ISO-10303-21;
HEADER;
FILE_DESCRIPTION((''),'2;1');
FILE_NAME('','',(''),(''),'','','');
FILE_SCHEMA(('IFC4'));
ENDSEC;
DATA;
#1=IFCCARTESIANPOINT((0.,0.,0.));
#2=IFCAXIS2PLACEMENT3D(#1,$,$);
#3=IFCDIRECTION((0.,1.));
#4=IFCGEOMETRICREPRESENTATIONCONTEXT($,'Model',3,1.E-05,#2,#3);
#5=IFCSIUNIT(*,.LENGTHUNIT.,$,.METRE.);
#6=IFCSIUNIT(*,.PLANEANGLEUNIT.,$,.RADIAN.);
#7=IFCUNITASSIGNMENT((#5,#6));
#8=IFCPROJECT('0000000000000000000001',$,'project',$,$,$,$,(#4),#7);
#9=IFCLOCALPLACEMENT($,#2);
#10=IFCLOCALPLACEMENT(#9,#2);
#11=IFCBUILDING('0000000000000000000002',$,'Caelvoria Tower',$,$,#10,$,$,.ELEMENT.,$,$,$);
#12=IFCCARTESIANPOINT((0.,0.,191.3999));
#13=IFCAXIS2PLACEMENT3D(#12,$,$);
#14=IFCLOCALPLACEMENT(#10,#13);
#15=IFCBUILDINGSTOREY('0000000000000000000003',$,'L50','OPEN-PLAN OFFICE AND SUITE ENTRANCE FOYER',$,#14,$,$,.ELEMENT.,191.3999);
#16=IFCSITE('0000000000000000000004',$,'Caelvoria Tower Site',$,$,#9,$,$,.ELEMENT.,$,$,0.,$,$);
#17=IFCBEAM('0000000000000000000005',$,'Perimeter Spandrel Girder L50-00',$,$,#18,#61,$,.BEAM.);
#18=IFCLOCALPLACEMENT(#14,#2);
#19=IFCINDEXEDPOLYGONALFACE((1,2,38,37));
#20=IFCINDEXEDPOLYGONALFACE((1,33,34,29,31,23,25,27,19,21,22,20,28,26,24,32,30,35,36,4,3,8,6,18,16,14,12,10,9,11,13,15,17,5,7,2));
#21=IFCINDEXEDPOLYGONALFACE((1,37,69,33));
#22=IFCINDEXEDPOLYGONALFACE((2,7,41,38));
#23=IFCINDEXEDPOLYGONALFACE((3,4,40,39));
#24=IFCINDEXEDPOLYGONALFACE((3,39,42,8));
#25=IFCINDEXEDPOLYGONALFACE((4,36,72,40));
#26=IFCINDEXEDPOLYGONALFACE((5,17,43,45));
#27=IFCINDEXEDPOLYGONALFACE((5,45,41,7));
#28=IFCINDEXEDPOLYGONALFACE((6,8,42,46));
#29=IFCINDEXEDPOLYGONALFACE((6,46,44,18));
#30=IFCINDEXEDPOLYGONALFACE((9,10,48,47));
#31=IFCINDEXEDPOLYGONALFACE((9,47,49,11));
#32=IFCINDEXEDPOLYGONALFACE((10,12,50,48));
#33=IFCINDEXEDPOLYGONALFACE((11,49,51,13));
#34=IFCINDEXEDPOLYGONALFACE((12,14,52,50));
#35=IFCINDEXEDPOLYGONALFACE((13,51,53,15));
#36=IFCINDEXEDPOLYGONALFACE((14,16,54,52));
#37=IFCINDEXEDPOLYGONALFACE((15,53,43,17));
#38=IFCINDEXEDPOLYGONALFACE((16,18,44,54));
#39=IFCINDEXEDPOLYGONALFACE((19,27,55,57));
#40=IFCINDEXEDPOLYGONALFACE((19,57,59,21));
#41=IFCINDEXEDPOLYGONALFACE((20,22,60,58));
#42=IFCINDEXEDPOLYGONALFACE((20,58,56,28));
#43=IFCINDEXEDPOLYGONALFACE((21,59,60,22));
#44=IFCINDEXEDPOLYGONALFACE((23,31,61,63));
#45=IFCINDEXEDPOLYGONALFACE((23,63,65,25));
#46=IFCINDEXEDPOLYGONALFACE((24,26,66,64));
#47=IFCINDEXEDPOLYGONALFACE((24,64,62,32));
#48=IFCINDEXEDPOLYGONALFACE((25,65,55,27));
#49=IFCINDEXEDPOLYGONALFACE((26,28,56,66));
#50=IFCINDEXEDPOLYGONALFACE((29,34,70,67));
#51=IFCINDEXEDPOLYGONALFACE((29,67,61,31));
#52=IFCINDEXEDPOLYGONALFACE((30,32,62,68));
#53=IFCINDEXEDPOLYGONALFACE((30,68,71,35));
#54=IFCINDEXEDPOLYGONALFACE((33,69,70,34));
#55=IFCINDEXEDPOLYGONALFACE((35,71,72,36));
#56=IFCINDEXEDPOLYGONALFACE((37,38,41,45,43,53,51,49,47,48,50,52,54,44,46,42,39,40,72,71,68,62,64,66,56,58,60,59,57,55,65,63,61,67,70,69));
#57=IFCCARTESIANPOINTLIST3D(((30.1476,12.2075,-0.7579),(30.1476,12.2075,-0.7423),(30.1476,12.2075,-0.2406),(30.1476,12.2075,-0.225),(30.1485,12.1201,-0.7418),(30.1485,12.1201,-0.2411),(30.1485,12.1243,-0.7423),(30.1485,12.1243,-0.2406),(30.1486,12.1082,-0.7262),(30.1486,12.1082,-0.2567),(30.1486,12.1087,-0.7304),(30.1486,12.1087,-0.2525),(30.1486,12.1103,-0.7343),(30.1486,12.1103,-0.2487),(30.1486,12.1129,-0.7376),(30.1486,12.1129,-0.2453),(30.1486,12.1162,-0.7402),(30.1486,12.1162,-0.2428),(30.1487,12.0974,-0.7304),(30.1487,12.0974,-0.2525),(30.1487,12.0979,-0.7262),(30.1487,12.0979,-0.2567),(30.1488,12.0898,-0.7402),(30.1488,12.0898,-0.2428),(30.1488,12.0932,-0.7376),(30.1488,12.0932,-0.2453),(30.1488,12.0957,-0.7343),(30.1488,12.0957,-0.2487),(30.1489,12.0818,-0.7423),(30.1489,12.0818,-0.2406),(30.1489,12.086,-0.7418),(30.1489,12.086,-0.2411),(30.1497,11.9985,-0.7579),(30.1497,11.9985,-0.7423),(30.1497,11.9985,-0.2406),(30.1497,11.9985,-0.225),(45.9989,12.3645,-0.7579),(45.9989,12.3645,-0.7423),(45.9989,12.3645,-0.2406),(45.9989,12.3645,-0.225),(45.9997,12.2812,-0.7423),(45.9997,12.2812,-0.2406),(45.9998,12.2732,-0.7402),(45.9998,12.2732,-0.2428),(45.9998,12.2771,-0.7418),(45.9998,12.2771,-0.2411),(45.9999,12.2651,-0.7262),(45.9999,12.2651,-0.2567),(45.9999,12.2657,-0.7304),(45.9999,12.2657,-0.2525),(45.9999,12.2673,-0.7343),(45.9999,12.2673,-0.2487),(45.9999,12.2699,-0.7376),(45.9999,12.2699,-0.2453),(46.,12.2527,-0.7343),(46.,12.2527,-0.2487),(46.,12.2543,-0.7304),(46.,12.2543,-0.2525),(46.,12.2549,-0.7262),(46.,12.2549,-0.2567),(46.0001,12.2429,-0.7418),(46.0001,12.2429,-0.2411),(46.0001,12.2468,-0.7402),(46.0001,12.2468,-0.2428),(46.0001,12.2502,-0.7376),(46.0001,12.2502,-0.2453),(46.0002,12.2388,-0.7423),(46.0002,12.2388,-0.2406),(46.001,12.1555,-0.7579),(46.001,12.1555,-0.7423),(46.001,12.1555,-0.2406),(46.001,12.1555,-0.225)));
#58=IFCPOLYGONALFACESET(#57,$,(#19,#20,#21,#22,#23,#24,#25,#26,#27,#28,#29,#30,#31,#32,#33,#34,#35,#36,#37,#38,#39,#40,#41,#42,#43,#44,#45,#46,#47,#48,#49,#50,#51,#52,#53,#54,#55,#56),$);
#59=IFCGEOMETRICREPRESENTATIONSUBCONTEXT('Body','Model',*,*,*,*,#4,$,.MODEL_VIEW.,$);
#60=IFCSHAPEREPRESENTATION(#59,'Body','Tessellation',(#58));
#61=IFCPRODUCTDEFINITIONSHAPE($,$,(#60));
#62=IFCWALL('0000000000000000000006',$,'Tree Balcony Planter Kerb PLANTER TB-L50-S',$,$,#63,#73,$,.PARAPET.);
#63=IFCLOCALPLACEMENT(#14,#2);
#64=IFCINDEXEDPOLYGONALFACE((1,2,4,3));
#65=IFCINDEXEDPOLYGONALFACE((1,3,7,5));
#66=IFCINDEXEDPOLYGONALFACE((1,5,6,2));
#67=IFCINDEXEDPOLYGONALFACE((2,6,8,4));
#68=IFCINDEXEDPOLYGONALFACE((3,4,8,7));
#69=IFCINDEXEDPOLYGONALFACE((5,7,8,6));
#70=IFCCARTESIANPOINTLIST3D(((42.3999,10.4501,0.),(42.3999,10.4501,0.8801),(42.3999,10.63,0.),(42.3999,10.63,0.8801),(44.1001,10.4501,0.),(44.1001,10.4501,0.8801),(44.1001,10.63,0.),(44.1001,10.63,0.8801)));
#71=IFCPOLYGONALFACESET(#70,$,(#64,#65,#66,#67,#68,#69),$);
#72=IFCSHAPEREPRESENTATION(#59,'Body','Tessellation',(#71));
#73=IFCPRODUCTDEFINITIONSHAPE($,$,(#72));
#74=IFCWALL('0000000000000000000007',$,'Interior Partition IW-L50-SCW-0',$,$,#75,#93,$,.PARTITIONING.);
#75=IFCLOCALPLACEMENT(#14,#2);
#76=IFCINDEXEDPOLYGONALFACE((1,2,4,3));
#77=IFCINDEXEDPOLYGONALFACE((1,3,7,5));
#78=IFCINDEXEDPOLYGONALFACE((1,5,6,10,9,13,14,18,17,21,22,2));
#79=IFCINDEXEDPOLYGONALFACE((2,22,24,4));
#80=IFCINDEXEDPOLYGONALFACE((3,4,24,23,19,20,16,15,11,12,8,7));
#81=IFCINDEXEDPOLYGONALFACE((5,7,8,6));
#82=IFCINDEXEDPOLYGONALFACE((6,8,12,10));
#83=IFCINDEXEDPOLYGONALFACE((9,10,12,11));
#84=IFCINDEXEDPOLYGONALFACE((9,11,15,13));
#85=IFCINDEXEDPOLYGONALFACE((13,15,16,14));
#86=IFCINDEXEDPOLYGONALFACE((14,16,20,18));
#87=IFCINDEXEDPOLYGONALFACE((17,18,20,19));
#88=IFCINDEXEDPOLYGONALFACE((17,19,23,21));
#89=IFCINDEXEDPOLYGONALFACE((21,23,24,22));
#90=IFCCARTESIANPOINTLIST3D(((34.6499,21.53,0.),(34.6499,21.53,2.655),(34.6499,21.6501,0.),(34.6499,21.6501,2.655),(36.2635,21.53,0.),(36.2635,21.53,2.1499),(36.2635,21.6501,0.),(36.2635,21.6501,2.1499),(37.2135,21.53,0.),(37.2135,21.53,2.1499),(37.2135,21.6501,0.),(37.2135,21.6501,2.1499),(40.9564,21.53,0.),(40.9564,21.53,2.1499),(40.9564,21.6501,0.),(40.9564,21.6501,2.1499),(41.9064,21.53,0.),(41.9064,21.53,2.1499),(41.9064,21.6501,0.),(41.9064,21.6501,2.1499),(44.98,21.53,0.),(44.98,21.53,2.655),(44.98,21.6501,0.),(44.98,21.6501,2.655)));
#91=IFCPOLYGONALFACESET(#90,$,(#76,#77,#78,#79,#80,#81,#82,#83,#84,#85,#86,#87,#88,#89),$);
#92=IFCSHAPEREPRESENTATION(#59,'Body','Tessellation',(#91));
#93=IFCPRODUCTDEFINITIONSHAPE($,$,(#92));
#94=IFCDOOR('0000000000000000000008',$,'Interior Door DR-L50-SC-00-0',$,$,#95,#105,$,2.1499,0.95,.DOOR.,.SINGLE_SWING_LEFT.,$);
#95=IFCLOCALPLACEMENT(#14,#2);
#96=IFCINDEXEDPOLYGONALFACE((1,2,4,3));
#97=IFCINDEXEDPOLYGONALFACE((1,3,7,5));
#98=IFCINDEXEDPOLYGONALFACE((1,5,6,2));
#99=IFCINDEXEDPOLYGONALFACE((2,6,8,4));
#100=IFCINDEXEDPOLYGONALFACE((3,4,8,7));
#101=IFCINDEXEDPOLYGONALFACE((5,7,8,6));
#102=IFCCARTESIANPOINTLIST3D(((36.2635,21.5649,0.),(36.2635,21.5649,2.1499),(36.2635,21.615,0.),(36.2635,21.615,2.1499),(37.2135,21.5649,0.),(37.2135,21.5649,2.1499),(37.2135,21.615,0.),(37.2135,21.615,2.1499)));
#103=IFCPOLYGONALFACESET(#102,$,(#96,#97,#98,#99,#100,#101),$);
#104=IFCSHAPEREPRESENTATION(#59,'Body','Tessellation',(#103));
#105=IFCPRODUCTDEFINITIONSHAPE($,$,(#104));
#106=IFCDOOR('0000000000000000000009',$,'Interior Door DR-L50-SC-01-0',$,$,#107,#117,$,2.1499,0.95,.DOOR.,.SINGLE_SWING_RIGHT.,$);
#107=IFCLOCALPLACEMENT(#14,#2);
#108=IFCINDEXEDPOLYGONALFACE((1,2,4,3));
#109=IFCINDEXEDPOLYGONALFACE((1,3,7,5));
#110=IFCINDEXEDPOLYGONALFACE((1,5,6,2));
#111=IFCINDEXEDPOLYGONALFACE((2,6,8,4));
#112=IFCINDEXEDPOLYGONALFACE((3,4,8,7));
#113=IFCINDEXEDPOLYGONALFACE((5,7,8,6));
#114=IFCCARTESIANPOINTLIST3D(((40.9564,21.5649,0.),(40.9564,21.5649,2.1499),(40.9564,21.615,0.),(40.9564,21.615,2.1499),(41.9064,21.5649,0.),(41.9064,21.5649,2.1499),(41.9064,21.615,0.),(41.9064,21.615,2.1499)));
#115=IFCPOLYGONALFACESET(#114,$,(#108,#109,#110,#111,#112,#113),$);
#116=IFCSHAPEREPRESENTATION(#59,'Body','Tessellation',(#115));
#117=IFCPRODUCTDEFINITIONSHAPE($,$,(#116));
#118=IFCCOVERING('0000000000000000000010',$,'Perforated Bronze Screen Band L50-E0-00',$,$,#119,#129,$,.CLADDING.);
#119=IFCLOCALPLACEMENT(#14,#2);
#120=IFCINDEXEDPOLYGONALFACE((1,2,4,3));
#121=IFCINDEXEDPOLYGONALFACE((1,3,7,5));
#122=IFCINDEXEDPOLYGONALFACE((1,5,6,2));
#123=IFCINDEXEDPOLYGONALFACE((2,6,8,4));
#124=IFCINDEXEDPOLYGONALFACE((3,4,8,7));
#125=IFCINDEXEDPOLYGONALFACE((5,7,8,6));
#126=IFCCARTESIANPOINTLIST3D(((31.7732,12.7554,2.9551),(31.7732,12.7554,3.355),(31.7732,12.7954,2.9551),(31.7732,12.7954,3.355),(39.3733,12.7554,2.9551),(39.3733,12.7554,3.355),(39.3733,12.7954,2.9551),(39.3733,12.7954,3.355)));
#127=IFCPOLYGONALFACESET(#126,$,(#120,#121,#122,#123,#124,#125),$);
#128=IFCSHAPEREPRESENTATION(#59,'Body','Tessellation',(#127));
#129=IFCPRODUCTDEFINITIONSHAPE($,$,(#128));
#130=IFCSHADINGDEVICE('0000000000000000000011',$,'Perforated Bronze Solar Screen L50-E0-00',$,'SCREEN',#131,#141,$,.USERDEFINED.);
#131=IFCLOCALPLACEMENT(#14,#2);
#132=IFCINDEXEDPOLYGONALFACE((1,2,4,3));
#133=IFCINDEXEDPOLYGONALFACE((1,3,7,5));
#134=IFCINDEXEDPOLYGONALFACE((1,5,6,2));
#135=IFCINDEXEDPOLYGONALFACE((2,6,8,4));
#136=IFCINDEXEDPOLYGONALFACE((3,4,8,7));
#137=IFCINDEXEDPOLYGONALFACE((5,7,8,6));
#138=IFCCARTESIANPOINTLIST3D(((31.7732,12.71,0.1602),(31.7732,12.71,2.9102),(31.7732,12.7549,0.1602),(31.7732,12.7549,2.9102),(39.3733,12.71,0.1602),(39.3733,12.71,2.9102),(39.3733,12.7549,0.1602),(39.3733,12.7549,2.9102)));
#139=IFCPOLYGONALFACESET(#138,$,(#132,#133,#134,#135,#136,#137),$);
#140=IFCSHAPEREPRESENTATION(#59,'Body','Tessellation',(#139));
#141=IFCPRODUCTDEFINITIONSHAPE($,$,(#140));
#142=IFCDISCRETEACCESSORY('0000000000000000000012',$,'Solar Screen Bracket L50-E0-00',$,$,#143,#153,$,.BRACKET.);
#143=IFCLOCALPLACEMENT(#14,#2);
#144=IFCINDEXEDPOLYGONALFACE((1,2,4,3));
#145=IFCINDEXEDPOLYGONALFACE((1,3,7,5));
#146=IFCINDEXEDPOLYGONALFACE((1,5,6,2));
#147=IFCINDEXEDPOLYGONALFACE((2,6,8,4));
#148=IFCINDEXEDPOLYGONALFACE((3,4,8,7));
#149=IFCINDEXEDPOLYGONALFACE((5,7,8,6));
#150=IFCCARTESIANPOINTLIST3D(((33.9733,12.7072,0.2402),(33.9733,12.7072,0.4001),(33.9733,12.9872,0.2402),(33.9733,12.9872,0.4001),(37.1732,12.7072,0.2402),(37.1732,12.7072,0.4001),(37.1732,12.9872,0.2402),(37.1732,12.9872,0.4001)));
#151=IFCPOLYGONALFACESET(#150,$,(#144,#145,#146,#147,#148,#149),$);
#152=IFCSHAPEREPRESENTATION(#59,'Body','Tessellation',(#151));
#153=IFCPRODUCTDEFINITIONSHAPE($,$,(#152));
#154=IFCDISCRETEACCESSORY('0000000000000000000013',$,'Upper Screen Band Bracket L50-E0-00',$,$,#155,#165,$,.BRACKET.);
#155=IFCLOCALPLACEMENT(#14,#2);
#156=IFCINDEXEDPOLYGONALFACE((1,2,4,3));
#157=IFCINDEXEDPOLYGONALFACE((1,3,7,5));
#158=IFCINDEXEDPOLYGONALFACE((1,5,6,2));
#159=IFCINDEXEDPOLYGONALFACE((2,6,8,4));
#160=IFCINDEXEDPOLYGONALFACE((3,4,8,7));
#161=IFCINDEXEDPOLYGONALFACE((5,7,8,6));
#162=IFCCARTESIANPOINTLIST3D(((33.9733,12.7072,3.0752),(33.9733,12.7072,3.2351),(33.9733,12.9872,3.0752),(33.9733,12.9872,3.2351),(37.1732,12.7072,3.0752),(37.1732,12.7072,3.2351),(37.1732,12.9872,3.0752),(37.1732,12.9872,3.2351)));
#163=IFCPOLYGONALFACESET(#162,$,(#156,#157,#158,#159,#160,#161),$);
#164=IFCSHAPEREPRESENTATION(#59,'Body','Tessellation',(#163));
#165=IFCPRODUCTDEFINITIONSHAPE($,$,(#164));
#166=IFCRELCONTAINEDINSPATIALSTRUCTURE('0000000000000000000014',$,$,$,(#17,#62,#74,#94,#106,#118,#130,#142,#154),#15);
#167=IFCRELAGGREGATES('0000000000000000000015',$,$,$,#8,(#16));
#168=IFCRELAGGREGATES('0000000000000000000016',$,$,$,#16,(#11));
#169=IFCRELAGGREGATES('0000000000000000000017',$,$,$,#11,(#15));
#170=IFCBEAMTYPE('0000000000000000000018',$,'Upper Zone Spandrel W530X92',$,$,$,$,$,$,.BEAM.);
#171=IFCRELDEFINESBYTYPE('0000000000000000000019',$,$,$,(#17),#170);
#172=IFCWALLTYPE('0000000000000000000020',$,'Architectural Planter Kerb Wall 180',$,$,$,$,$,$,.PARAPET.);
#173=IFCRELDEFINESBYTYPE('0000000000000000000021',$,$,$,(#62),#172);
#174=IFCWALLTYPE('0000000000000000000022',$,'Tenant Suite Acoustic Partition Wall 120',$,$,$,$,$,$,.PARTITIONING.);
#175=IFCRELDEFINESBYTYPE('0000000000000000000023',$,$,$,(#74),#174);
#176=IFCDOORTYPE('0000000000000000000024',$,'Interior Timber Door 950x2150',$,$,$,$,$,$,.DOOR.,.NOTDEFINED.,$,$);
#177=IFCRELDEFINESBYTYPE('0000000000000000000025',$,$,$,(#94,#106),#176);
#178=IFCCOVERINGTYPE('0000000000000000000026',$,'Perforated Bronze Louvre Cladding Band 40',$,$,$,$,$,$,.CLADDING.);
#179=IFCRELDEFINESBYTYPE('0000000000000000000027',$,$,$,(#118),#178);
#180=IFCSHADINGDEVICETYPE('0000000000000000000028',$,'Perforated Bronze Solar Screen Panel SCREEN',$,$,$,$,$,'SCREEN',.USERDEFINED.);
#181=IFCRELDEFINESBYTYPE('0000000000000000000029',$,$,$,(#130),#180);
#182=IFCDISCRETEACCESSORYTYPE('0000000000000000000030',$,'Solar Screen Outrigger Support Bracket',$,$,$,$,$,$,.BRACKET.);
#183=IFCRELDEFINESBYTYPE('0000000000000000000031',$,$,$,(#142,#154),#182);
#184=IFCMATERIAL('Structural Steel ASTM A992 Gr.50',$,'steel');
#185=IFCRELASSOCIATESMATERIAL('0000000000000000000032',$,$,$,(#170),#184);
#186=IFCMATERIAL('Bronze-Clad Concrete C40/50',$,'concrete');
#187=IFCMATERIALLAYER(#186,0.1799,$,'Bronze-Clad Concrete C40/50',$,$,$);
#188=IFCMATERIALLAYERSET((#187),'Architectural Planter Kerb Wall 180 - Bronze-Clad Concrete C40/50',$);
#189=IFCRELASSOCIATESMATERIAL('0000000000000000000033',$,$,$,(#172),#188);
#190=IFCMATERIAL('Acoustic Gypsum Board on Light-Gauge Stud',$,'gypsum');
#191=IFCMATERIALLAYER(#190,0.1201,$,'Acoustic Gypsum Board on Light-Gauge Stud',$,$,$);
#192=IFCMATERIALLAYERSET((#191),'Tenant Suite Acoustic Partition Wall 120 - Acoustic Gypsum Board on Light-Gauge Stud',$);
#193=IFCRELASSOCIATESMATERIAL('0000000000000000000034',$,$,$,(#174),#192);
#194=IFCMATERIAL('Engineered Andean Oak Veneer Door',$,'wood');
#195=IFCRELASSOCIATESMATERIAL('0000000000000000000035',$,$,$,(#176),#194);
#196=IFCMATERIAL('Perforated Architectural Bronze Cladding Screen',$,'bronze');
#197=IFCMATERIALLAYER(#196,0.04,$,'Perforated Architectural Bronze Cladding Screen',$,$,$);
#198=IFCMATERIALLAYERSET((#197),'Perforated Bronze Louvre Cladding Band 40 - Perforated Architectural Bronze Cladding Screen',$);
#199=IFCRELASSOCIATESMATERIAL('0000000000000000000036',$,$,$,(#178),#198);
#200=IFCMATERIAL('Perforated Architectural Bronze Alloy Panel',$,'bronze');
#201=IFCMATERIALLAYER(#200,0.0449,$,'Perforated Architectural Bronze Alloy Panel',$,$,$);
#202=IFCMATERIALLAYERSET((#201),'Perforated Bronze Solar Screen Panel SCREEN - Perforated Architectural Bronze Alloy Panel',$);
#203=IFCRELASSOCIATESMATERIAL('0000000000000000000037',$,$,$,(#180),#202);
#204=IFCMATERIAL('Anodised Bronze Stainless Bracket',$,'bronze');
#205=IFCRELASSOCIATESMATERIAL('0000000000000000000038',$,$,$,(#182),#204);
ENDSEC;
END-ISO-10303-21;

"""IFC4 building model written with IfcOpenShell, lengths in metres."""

from ifc_helpers import new_model, si_unit, direction, frame, frame_2d, origin, origin_2d, place, context, subcontext, project, spatial, rectangle, i_section, extrude, material, layer, layer_set, material_profile, profile_set, type_object, element, fill, save


model = new_model("IFC4")

# Units and contexts
model_context = context("Model", 3, precision=1e-05, world=origin(), true_north=direction((0.0, 1.0)))
body_context = subcontext(model_context, "Body", "Model", "MODEL_VIEW")
ifc_project = project(units=[si_unit("LENGTHUNIT", "METRE"), si_unit("PLANEANGLEUNIT", "RADIAN")], contexts=[model_context])

# Site, building, storey
site_placement = place(None, origin())
site = spatial("IfcSite", under=ifc_project, at=site_placement, Name="Caelvoria Tower Site", CompositionType="ELEMENT", RefElevation=0.0)
building_placement = place(site_placement, origin())
building = spatial("IfcBuilding", under=site, at=building_placement, Name="Caelvoria Tower", CompositionType="ELEMENT")
storey_placement = place(building_placement, frame((0.0, 0.0, 191.3999)))
storey = spatial("IfcBuildingStorey", under=building, at=storey_placement, Name="L50", Description="OPEN-PLAN OFFICE AND SUITE ENTRANCE FOYER", CompositionType="ELEMENT", Elevation=191.3999)

# Beam
ifc_material_1 = material(Name="Structural Steel ASTM A992 Gr.50", Category="steel")
ifc_material_profile_1 = material_profile(ifc_material_1, i_section(OverallWidth=0.209, OverallDepth=0.533, WebThickness=0.0103, FlangeThickness=0.0156, FilletRadius=0.0161, at=origin_2d()), Name="Structural Steel ASTM A992 Gr.50")
ifc_profile_set_1 = profile_set([ifc_material_profile_1], Name="W530X92 - Structural Steel ASTM A992 Gr.50")
beam_type_1 = type_object("IfcBeamType", Name="Upper Zone Spandrel W530X92", PredefinedType="BEAM", material=ifc_profile_set_1)
beam_1_placement = place(storey_placement, frame((30.1487, 12.103, -0.4915), z_axis=(0.999951, 0.009903, 0.0), x_axis=(-0.009903, 0.999951, 0.0)))
element("IfcBeam", 1, at=beam_1_placement, inside=storey, type_object=beam_type_1, Name="Perimeter Spandrel Girder L50-00", PredefinedType="BEAM", context=body_context, shape_type="SweptSolid", body=[
    extrude(i_section(OverallWidth=0.209, OverallDepth=0.533, WebThickness=0.0103, FlangeThickness=0.0156, FilletRadius=0.0161, at=origin_2d()), origin(), (0.0, 0.0, 1.0), 15.8521),
])

# Wall
ifc_material_2 = material(Name="Bronze-Clad Concrete C40/50", Category="concrete")
ifc_layer_1 = layer(ifc_material_2, 0.1799, Name="Bronze-Clad Concrete C40/50")
ifc_layer_set_1 = layer_set([ifc_layer_1], Name="Architectural Planter Kerb Wall 180 - Bronze-Clad Concrete C40/50")
wall_type_1 = type_object("IfcWallType", Name="Architectural Planter Kerb Wall 180", PredefinedType="PARAPET", material=ifc_layer_set_1)
wall_1_placement = place(storey_placement, frame((42.3999, 10.54, 0.0), z_axis=(0.0, 0.0, 1.0), x_axis=(1.0, 0.0, 0.0)))
element("IfcWall", 2, at=wall_1_placement, inside=storey, type_object=wall_type_1, Name="Tree Balcony Planter Kerb PLANTER TB-L50-S", PredefinedType="PARAPET", context=body_context, shape_type="SweptSolid", body=[
    extrude(rectangle(XDim=1.7002, YDim=0.1799, at=frame_2d((0.8501, 0.0))), origin(), (0.0, 0.0, 1.0), 0.8801),
])

# Wall, openings, doors
ifc_material_3 = material(Name="Acoustic Gypsum Board on Light-Gauge Stud", Category="gypsum")
ifc_layer_2 = layer(ifc_material_3, 0.1201, Name="Acoustic Gypsum Board on Light-Gauge Stud")
ifc_layer_set_2 = layer_set([ifc_layer_2], Name="Tenant Suite Acoustic Partition Wall 120 - Acoustic Gypsum Board on Light-Gauge Stud")
wall_type_2 = type_object("IfcWallType", Name="Tenant Suite Acoustic Partition Wall 120", PredefinedType="PARTITIONING", material=ifc_layer_set_2)
wall_2_placement = place(storey_placement, frame((34.6499, 21.5901, 0.0), z_axis=(0.0, 0.0, 1.0), x_axis=(1.0, 0.0, 0.0)))
wall_2 = element("IfcWall", 3, at=wall_2_placement, inside=storey, type_object=wall_type_2, Name="Interior Partition IW-L50-SCW-0", PredefinedType="PARTITIONING", context=body_context, shape_type="SweptSolid", body=[
    extrude(rectangle(XDim=10.3301, YDim=0.1201, at=frame_2d((5.165, 0.0))), origin(), (0.0, 0.0, 1.0), 2.655),
])
opening_1_placement = place(wall_2_placement, frame((1.6135, 0.0, 0.0)))
opening_1 = element("IfcOpeningElement", 4, at=opening_1_placement, cuts=wall_2, PredefinedType="OPENING", context=body_context, shape_type="SweptSolid", body=[
    extrude(rectangle(XDim=0.95, YDim=2.1499, at=frame_2d((0.4751, 1.075))), frame((0.0, 0.0701, 0.0), z_axis=(0.0, -1.0, 0.0), x_axis=(1.0, 0.0, 0.0)), (0.0, 0.0, 1.0), 0.1401),
])
opening_2_placement = place(wall_2_placement, frame((6.3064, 0.0, 0.0)))
opening_2 = element("IfcOpeningElement", 5, at=opening_2_placement, cuts=wall_2, PredefinedType="OPENING", context=body_context, shape_type="SweptSolid", body=[
    extrude(rectangle(XDim=0.95, YDim=2.1499, at=frame_2d((0.4751, 1.075))), frame((0.0, 0.0701, 0.0), z_axis=(0.0, -1.0, 0.0), x_axis=(1.0, 0.0, 0.0)), (0.0, 0.0, 1.0), 0.1401),
])
ifc_material_4 = material(Name="Engineered Andean Oak Veneer Door", Category="wood")
door_type = type_object("IfcDoorType", Name="Interior Timber Door 950x2150", OperationType="NOTDEFINED", PredefinedType="DOOR", material=ifc_material_4)
door_1_placement = place(opening_1_placement, origin())
door_1 = element("IfcDoor", 6, at=door_1_placement, inside=storey, type_object=door_type, Name="Interior Door DR-L50-SC-00-0", OperationType="SINGLE_SWING_LEFT", OverallHeight=2.1499, OverallWidth=0.95, PredefinedType="DOOR", context=body_context, shape_type="SweptSolid", body=[
    extrude(rectangle(XDim=0.95, YDim=2.1499, at=frame_2d((0.4751, 1.075))), frame((0.0, 0.0249, 0.0), z_axis=(0.0, -1.0, 0.0), x_axis=(1.0, 0.0, 0.0)), (0.0, 0.0, 1.0), 0.05),
])
fill(opening_1, door_1)
door_2_placement = place(opening_2_placement, origin())
door_2 = element("IfcDoor", 7, at=door_2_placement, inside=storey, type_object=door_type, Name="Interior Door DR-L50-SC-01-0", OperationType="SINGLE_SWING_RIGHT", OverallHeight=2.1499, OverallWidth=0.95, PredefinedType="DOOR", context=body_context, shape_type="SweptSolid", body=[
    extrude(rectangle(XDim=0.95, YDim=2.1499, at=frame_2d((0.4751, 1.075))), frame((0.0, 0.0249, 0.0), z_axis=(0.0, -1.0, 0.0), x_axis=(1.0, 0.0, 0.0)), (0.0, 0.0, 1.0), 0.05),
])
fill(opening_2, door_2)

# Covering
ifc_material_5 = material(Name="Perforated Architectural Bronze Cladding Screen", Category="bronze")
ifc_layer_3 = layer(ifc_material_5, 0.04, Name="Perforated Architectural Bronze Cladding Screen")
ifc_layer_set_3 = layer_set([ifc_layer_3], Name="Perforated Bronze Louvre Cladding Band 40 - Perforated Architectural Bronze Cladding Screen")
covering_type = type_object("IfcCoveringType", Name="Perforated Bronze Louvre Cladding Band 40", PredefinedType="CLADDING", material=ifc_layer_set_3)
covering_placement = place(storey_placement, frame((35.5732, 12.7754, 2.9551), z_axis=(0.0, 0.0, 1.0), x_axis=(1.0, 0.0, 0.0)))
element("IfcCovering", 8, at=covering_placement, inside=storey, type_object=covering_type, Name="Perforated Bronze Screen Band L50-E0-00", PredefinedType="CLADDING", context=body_context, shape_type="SweptSolid", body=[
    extrude(rectangle(XDim=7.6001, YDim=0.04, at=origin_2d()), origin(), (0.0, 0.0, 1.0), 0.3999),
])

# Shading device
ifc_material_6 = material(Name="Perforated Architectural Bronze Alloy Panel", Category="bronze")
ifc_layer_4 = layer(ifc_material_6, 0.0449, Name="Perforated Architectural Bronze Alloy Panel")
ifc_layer_set_4 = layer_set([ifc_layer_4], Name="Perforated Bronze Solar Screen Panel SCREEN - Perforated Architectural Bronze Alloy Panel")
shading_device_type = type_object("IfcShadingDeviceType", Name="Perforated Bronze Solar Screen Panel SCREEN", ElementType="SCREEN", PredefinedType="USERDEFINED", material=ifc_layer_set_4)
shading_device_placement = place(storey_placement, frame((35.5732, 12.7324, 0.1602), z_axis=(0.0, 0.0, 1.0), x_axis=(1.0, 0.0, 0.0)))
element("IfcShadingDevice", 9, at=shading_device_placement, inside=storey, type_object=shading_device_type, Name="Perforated Bronze Solar Screen L50-E0-00", ObjectType="SCREEN", PredefinedType="USERDEFINED", context=body_context, shape_type="SweptSolid", body=[
    extrude(rectangle(XDim=7.6001, YDim=0.0449, at=origin_2d()), origin(), (0.0, 0.0, 1.0), 2.75),
])

# Discrete accessories
ifc_material_7 = material(Name="Anodised Bronze Stainless Bracket", Category="bronze")
discrete_accessory_type = type_object("IfcDiscreteAccessoryType", Name="Solar Screen Outrigger Support Bracket", PredefinedType="BRACKET", material=ifc_material_7)
for number, where, z_axis, x_axis, name in (
    (10, (35.5732, 12.8472, 0.2402), (0.0, 0.0, 1.0), (1.0, 0.0, 0.0), "Solar Screen Bracket L50-E0-00"),
    (11, (35.5732, 12.8472, 3.0752), (0.0, 0.0, 1.0), (1.0, 0.0, 0.0), "Upper Screen Band Bracket L50-E0-00"),
):
    element("IfcDiscreteAccessory", number, at=place(storey_placement, frame(where, z_axis=z_axis, x_axis=x_axis)), inside=storey, type_object=discrete_accessory_type, Name=name, PredefinedType="BRACKET", context=body_context, shape_type="SweptSolid", body=[
        extrude(rectangle(XDim=3.2, YDim=0.28, at=origin_2d()), origin(), (0.0, 0.0, 1.0), 0.1599),
    ])

save(model, "model.ifc")
